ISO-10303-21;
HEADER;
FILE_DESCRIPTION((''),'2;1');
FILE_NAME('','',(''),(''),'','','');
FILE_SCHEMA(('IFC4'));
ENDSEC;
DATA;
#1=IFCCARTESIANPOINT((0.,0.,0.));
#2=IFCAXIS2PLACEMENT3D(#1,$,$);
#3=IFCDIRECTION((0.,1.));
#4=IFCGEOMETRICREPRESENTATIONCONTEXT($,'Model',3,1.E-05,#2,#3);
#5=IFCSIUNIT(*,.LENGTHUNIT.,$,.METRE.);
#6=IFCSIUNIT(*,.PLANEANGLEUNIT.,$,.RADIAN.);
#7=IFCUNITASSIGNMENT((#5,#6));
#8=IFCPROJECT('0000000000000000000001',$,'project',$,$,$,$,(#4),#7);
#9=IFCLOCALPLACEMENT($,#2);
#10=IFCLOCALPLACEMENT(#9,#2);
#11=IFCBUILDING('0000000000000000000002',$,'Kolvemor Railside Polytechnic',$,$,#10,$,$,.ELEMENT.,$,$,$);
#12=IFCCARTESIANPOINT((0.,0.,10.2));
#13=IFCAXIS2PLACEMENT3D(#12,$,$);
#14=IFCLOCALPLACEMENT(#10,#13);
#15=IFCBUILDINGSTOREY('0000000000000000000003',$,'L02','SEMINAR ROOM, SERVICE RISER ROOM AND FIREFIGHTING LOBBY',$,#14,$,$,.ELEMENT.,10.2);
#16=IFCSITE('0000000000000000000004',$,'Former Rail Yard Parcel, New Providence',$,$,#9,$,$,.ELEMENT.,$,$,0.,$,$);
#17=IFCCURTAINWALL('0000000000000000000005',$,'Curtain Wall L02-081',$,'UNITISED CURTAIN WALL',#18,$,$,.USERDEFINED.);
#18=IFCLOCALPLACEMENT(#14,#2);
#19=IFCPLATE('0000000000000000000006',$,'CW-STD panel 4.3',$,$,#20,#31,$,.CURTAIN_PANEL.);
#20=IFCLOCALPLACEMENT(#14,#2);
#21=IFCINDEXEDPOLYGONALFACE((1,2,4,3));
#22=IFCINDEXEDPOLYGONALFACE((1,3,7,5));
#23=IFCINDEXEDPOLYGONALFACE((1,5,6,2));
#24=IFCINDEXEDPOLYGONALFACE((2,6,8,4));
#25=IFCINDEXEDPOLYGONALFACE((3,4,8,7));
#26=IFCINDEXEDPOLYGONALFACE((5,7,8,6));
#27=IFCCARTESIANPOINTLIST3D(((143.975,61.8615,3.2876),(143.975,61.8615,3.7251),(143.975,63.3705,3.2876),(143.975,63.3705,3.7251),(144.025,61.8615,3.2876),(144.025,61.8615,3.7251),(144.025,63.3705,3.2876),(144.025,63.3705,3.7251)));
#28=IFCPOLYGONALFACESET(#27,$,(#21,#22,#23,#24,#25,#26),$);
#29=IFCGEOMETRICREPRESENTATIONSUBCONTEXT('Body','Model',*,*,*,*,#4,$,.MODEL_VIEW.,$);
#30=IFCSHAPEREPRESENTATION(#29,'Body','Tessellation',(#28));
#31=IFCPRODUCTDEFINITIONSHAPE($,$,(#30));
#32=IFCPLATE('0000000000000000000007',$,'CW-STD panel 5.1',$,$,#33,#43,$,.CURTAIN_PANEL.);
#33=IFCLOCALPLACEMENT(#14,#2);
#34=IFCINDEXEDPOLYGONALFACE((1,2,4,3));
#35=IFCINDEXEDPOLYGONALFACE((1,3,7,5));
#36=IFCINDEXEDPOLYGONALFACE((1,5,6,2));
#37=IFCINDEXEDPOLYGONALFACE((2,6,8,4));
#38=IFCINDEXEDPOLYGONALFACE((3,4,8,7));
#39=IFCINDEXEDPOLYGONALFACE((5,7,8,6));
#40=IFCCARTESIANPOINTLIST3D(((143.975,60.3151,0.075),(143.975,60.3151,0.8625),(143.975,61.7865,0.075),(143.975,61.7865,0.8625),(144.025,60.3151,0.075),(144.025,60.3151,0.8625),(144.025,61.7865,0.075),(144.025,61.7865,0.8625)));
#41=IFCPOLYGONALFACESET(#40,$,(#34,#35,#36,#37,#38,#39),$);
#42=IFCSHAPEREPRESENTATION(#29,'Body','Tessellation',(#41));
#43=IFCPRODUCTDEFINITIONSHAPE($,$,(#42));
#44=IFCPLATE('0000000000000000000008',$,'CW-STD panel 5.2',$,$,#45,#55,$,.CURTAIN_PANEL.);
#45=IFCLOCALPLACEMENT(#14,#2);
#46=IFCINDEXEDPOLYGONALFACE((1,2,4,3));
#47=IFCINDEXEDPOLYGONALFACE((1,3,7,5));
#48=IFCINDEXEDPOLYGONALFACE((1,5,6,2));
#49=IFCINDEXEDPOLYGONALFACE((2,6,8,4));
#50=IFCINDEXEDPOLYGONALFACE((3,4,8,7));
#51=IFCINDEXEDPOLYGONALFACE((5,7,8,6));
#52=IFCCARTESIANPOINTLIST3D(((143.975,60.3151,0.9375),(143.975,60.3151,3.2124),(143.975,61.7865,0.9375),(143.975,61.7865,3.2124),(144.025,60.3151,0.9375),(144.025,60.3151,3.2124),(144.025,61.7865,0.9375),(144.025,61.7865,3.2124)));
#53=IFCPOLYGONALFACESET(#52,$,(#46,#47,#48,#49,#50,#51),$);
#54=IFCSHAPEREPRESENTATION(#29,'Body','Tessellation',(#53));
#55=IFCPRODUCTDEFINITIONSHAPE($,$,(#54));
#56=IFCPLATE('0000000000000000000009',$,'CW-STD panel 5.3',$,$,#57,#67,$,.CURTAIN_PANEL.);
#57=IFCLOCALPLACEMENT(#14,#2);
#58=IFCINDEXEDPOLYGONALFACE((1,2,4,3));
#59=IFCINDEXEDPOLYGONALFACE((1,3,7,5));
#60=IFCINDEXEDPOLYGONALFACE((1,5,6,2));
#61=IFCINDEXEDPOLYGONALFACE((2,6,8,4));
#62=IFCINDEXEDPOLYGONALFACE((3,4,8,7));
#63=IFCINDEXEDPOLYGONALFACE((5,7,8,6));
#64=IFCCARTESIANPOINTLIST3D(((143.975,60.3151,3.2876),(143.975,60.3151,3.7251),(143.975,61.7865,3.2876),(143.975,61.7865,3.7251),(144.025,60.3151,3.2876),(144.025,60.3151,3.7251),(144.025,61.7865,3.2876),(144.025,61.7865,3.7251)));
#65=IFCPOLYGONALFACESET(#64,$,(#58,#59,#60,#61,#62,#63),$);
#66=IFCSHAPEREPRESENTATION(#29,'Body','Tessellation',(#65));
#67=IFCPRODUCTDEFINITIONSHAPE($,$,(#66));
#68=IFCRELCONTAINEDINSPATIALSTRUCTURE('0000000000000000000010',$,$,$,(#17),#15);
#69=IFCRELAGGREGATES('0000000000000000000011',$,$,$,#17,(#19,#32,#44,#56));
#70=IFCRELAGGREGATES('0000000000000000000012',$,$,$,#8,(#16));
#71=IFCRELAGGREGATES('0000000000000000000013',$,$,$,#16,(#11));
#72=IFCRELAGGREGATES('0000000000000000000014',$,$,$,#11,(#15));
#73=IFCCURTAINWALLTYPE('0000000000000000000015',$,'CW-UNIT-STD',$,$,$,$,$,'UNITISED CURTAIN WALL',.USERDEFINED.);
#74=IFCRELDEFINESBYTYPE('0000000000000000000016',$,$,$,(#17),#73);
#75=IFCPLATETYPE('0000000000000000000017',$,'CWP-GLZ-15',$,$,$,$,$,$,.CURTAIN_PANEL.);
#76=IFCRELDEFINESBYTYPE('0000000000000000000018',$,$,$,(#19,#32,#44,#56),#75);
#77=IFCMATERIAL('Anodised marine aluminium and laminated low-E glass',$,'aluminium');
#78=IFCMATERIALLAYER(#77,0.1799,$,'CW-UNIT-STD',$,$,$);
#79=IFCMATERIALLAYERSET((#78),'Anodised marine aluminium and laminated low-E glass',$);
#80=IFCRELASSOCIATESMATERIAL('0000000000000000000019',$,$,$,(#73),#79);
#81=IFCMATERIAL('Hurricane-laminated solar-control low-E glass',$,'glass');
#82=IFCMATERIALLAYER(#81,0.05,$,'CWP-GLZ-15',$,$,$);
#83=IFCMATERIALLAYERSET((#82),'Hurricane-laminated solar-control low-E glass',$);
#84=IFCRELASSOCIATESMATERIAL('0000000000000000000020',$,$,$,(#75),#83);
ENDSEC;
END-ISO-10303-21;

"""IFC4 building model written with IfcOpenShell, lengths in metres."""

from ifc_helpers import new_model, si_unit, direction, frame, origin, origin_2d, place, context, subcontext, project, spatial, rectangle, extrude, material, layer, layer_set, type_object, element, aggregate, save


model = new_model("IFC4")

# Units and contexts
model_context = context("Model", 3, precision=1e-05, world=origin(), true_north=direction((0.0, 1.0)))
body_context = subcontext(model_context, "Body", "Model", "MODEL_VIEW")
ifc_project = project(units=[si_unit("LENGTHUNIT", "METRE"), si_unit("PLANEANGLEUNIT", "RADIAN")], contexts=[model_context])

# Site, building, storey
site_placement = place(None, origin())
site = spatial("IfcSite", under=ifc_project, at=site_placement, Name="Former Rail Yard Parcel, New Providence", CompositionType="ELEMENT", RefElevation=0.0)
building_placement = place(site_placement, origin())
building = spatial("IfcBuilding", under=site, at=building_placement, Name="Kolvemor Railside Polytechnic", CompositionType="ELEMENT")
storey_placement = place(building_placement, frame((0.0, 0.0, 10.2)))
storey = spatial("IfcBuildingStorey", under=building, at=storey_placement, Name="L02", Description="SEMINAR ROOM, SERVICE RISER ROOM AND FIREFIGHTING LOBBY", CompositionType="ELEMENT", Elevation=10.2)

# Shared definitions
ifc_material_1 = material(Name="Anodised marine aluminium and laminated low-E glass", Category="aluminium")
ifc_layer_1 = layer(ifc_material_1, 0.1799, Name="CW-UNIT-STD")
ifc_layer_set_1 = layer_set([ifc_layer_1], Name="Anodised marine aluminium and laminated low-E glass")
curtain_wall_type = type_object("IfcCurtainWallType", Name="CW-UNIT-STD", ElementType="UNITISED CURTAIN WALL", PredefinedType="USERDEFINED", material=ifc_layer_set_1)

# Curtain wall
curtain_wall_1_placement = place(storey_placement, origin())
curtain_wall_1 = element("IfcCurtainWall", 1, at=curtain_wall_1_placement, inside=storey, type_object=curtain_wall_type, Name="Curtain Wall L02-081", ObjectType="UNITISED CURTAIN WALL", PredefinedType="USERDEFINED")

# Plates
ifc_material_2 = material(Name="Hurricane-laminated solar-control low-E glass", Category="glass")
ifc_layer_2 = layer(ifc_material_2, 0.05, Name="CWP-GLZ-15")
ifc_layer_set_2 = layer_set([ifc_layer_2], Name="Hurricane-laminated solar-control low-E glass")
plate_type_1 = type_object("IfcPlateType", Name="CWP-GLZ-15", PredefinedType="CURTAIN_PANEL", material=ifc_layer_set_2)
plate_1_placement = place(storey_placement, frame((144.0, 62.616, 3.2876), z_axis=(0.0, 0.0, 1.0), x_axis=(0.0, -1.0, 0.0)))
plate_1 = element("IfcPlate", 2, at=plate_1_placement, type_object=plate_type_1, Name="CW-STD panel 4.3", PredefinedType="CURTAIN_PANEL", context=body_context, shape_type="SweptSolid", body=[
    extrude(rectangle(XDim=1.509, YDim=0.05, at=origin_2d()), origin(), (0.0, 0.0, 1.0), 0.4375),
])
plate_2_placement = place(storey_placement, frame((144.0, 61.0508, 0.075), z_axis=(0.0, 0.0, 1.0), x_axis=(0.0, -1.0, 0.0)))
plate_2 = element("IfcPlate", 3, at=plate_2_placement, type_object=plate_type_1, Name="CW-STD panel 5.1", PredefinedType="CURTAIN_PANEL", context=body_context, shape_type="SweptSolid", body=[
    extrude(rectangle(XDim=1.4714, YDim=0.05, at=origin_2d()), origin(), (0.0, 0.0, 1.0), 0.7876),
])
plate_3_placement = place(storey_placement, frame((144.0, 61.0508, 0.9375), z_axis=(0.0, 0.0, 1.0), x_axis=(0.0, -1.0, 0.0)))
plate_3 = element("IfcPlate", 4, at=plate_3_placement, type_object=plate_type_1, Name="CW-STD panel 5.2", PredefinedType="CURTAIN_PANEL", context=body_context, shape_type="SweptSolid", body=[
    extrude(rectangle(XDim=1.4714, YDim=0.05, at=origin_2d()), origin(), (0.0, 0.0, 1.0), 2.2749),
])
plate_4_placement = place(storey_placement, frame((144.0, 61.0508, 3.2876), z_axis=(0.0, 0.0, 1.0), x_axis=(0.0, -1.0, 0.0)))
plate_4 = element("IfcPlate", 5, at=plate_4_placement, type_object=plate_type_1, Name="CW-STD panel 5.3", PredefinedType="CURTAIN_PANEL", context=body_context, shape_type="SweptSolid", body=[
    extrude(rectangle(XDim=1.4714, YDim=0.05, at=origin_2d()), origin(), (0.0, 0.0, 1.0), 0.4375),
])
aggregate(curtain_wall_1, [plate_1, plate_2, plate_3, plate_4])

save(model, "model.ifc")
